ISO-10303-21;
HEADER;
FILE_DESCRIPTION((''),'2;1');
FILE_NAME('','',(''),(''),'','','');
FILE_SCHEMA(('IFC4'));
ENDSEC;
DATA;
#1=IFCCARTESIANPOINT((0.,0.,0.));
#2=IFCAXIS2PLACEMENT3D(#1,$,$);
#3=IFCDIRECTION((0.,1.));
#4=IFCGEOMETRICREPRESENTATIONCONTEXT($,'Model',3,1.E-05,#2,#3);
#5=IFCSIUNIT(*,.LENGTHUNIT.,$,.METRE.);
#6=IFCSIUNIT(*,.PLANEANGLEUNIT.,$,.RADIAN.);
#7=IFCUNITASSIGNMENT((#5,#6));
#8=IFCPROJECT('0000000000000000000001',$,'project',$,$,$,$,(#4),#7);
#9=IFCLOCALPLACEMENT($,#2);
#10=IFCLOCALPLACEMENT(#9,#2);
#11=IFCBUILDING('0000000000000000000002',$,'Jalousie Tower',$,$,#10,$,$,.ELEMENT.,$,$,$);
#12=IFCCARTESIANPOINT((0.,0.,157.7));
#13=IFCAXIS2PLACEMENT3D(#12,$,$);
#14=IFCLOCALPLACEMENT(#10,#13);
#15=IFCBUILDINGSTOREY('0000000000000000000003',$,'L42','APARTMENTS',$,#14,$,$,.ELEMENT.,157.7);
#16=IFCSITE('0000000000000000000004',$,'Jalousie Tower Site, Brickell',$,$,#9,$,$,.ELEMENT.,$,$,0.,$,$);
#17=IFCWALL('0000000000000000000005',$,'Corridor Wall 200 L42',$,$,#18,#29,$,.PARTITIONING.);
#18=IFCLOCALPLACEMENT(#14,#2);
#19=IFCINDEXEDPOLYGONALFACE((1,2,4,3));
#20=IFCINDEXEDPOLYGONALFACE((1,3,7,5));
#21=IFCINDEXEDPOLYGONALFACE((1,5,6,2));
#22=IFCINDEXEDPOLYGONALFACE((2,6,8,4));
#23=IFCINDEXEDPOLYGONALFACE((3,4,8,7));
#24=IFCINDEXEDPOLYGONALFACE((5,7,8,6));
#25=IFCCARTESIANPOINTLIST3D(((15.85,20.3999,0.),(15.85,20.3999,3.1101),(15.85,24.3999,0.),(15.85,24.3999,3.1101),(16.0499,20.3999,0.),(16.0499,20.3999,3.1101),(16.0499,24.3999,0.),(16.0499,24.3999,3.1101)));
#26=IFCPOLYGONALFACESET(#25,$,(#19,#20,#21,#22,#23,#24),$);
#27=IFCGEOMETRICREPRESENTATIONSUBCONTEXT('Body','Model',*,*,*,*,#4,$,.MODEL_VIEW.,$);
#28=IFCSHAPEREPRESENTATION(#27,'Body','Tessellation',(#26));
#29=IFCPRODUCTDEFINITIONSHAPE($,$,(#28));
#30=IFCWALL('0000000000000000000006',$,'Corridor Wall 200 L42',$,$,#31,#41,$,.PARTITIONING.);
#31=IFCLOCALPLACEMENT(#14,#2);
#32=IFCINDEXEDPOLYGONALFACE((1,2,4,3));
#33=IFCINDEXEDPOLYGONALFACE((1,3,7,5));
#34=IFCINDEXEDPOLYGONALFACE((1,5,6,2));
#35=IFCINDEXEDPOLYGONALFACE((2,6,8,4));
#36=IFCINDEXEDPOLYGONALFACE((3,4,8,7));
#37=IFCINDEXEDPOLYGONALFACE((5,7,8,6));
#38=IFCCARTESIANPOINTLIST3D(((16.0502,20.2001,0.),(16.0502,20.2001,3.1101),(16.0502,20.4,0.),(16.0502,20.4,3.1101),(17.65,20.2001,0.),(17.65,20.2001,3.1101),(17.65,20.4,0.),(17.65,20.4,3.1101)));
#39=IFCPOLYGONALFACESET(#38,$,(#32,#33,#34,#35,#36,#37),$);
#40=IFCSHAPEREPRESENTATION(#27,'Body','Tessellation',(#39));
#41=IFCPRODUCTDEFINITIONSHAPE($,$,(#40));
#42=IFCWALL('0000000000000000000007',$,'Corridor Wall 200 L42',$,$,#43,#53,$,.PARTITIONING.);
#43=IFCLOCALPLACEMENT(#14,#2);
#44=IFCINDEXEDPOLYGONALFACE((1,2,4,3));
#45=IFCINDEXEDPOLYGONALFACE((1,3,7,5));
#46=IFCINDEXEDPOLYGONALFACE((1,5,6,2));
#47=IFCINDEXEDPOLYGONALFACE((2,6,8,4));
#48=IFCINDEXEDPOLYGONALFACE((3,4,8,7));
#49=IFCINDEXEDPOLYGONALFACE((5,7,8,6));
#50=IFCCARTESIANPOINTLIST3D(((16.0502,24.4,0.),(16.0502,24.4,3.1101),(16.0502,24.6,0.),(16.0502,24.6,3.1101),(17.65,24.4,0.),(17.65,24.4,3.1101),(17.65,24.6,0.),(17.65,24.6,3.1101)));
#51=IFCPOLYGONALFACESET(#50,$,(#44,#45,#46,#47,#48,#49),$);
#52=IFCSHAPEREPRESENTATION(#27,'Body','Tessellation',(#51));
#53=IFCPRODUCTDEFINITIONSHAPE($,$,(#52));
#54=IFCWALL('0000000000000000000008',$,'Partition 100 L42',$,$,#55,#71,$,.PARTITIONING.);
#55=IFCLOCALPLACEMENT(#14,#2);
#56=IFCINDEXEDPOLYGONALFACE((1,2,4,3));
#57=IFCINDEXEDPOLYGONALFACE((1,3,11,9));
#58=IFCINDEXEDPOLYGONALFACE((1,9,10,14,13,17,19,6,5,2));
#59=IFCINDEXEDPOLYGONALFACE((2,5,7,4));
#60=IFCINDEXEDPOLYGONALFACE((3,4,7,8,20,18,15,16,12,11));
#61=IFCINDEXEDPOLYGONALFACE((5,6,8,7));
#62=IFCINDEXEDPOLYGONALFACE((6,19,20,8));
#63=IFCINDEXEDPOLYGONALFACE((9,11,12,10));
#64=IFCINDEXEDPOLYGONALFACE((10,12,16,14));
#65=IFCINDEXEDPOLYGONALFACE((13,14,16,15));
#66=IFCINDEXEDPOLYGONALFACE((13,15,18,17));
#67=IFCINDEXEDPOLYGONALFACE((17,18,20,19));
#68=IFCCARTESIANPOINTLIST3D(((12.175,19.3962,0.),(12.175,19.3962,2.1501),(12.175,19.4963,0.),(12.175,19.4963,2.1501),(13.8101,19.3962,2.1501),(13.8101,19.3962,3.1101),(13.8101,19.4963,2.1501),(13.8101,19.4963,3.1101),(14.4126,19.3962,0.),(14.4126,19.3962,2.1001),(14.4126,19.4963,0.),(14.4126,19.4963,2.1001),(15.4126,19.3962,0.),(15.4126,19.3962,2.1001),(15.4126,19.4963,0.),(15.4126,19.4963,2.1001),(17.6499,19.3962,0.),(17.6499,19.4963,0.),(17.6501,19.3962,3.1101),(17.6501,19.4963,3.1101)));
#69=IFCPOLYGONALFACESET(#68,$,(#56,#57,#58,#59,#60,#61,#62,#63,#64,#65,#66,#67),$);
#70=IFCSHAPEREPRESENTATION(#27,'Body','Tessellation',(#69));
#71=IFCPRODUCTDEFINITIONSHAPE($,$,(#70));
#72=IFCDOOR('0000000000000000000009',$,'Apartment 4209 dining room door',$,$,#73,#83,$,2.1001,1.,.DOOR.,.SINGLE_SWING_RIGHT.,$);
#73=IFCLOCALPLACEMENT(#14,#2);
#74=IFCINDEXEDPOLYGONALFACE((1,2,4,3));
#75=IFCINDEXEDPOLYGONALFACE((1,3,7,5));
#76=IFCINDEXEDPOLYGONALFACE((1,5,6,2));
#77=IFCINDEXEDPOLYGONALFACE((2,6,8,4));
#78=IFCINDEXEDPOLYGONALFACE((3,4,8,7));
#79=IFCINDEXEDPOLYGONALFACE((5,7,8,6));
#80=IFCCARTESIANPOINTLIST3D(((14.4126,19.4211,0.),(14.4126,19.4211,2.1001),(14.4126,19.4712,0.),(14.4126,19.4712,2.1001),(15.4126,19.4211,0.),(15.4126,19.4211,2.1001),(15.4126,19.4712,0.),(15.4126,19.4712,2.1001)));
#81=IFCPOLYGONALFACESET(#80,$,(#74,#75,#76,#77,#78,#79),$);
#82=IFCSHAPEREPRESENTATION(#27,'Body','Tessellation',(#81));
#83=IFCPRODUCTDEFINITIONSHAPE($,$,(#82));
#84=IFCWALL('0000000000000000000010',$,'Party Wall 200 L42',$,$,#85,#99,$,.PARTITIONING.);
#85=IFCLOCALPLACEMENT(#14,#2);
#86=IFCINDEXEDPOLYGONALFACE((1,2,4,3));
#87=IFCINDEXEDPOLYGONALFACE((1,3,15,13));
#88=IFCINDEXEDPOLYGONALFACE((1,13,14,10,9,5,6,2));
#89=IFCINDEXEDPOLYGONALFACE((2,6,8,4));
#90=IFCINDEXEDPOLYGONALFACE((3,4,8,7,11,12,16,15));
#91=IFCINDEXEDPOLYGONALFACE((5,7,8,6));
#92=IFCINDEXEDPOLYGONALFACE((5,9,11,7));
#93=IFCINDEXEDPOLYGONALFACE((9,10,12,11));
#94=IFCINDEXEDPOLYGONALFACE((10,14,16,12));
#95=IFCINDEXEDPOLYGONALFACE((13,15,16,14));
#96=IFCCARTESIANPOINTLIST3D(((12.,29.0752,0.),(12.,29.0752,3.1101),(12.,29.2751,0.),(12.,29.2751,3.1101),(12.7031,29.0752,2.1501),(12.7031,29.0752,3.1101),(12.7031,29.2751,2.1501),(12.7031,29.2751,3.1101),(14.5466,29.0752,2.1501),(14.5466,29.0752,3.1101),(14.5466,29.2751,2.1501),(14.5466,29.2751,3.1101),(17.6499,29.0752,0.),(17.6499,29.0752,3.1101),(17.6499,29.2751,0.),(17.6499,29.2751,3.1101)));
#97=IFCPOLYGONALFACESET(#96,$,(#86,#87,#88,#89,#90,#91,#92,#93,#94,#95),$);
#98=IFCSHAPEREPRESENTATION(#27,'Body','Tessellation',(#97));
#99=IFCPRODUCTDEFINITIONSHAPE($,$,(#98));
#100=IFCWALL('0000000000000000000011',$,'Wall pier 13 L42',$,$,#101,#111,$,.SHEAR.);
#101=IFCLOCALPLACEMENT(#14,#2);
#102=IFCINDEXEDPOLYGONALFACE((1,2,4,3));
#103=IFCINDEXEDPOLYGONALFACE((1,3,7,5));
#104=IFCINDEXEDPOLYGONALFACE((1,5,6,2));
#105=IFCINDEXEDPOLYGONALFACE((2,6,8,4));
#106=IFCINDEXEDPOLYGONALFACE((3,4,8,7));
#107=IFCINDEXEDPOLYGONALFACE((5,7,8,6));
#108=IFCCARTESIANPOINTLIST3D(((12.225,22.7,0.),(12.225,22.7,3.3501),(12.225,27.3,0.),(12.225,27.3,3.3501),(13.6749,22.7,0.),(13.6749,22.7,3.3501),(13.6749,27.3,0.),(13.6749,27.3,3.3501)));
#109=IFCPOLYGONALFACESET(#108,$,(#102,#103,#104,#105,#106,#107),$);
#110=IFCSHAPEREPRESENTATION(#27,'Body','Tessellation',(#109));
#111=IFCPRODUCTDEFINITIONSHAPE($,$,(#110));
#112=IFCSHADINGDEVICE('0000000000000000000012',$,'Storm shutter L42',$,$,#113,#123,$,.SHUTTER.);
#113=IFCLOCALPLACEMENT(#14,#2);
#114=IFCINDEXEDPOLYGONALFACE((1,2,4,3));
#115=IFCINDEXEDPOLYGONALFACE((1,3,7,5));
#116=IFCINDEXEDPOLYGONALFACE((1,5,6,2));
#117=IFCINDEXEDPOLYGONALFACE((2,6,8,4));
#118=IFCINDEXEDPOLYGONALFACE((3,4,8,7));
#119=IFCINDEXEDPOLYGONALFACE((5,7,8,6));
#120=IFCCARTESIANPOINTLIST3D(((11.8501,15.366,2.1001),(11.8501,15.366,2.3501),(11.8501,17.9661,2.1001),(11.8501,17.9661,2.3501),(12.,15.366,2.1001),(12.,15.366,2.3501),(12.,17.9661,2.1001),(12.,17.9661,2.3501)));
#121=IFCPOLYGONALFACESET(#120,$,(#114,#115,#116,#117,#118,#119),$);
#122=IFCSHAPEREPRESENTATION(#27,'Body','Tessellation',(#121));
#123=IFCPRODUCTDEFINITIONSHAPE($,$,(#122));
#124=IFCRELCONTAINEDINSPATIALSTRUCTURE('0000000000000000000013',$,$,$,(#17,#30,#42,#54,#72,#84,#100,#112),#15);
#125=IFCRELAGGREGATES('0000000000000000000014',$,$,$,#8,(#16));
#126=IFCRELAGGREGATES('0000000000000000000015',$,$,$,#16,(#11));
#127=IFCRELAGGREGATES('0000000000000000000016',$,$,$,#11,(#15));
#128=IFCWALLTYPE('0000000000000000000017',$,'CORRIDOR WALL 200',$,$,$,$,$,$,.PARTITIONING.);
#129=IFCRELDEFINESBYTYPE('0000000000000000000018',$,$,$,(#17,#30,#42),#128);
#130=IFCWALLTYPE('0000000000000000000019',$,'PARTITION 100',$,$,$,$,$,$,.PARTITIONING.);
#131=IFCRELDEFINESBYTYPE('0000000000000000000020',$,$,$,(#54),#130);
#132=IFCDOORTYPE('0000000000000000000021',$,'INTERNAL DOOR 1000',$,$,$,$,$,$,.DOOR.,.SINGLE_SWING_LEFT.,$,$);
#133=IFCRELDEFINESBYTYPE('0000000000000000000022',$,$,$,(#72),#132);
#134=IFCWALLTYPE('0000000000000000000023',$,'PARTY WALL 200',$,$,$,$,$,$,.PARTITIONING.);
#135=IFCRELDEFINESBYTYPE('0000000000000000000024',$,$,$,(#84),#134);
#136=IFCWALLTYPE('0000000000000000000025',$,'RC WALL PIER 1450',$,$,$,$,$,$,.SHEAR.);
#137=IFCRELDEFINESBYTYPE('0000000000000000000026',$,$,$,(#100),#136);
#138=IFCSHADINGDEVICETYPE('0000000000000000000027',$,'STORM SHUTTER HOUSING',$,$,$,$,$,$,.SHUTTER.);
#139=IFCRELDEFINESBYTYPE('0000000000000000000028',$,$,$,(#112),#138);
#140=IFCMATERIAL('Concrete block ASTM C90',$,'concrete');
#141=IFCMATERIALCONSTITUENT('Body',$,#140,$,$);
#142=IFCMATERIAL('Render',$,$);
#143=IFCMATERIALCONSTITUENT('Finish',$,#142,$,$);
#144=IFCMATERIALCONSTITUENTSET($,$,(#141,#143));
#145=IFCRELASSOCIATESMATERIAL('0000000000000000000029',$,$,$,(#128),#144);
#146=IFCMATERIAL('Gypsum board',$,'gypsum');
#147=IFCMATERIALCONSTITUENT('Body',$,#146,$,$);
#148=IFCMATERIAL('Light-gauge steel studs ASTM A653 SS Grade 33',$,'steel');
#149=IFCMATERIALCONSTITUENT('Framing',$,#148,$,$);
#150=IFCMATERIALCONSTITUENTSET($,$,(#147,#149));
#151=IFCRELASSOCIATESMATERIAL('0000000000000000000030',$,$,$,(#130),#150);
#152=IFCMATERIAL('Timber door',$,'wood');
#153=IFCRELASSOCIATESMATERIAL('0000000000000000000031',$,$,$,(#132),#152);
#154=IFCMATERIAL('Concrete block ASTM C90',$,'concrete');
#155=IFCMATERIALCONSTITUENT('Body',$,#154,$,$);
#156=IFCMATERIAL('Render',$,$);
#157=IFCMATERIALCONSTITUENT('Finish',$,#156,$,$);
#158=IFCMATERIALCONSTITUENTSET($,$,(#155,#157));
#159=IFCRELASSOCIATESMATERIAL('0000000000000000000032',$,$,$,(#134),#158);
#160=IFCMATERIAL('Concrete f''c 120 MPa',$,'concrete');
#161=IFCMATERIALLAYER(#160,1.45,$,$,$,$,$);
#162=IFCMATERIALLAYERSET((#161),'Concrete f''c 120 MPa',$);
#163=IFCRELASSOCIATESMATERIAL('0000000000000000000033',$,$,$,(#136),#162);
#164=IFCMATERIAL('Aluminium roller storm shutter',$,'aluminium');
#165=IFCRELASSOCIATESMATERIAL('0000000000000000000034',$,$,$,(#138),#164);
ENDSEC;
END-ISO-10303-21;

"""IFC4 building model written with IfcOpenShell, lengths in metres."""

from ifc_helpers import new_model, si_unit, direction, frame, frame_2d, origin, origin_2d, place, context, subcontext, project, spatial, polyline, rectangle, outline, extrude, material, layer, layer_set, constituent, constituent_set, type_object, element, fill, save


model = new_model("IFC4")

# Units and contexts
model_context = context("Model", 3, precision=1e-05, world=origin(), true_north=direction((0.0, 1.0)))
body_context = subcontext(model_context, "Body", "Model", "MODEL_VIEW")
ifc_project = project(units=[si_unit("LENGTHUNIT", "METRE"), si_unit("PLANEANGLEUNIT", "RADIAN")], contexts=[model_context])

# Site, building, storey
site_placement = place(None, origin())
site = spatial("IfcSite", under=ifc_project, at=site_placement, Name="Jalousie Tower Site, Brickell", CompositionType="ELEMENT", RefElevation=0.0)
building_placement = place(site_placement, origin())
building = spatial("IfcBuilding", under=site, at=building_placement, Name="Jalousie Tower", CompositionType="ELEMENT")
storey_placement = place(building_placement, frame((0.0, 0.0, 157.7)))
storey = spatial("IfcBuildingStorey", under=building, at=storey_placement, Name="L42", Description="APARTMENTS", CompositionType="ELEMENT", Elevation=157.7)

# Walls
ifc_material_1 = material(Name="Concrete block ASTM C90", Category="concrete")
ifc_constituent_1 = constituent(ifc_material_1, Name="Body")
ifc_material_2 = material(Name="Render")
ifc_constituent_2 = constituent(ifc_material_2, Name="Finish")
ifc_constituent_set_1 = constituent_set(constituents=[ifc_constituent_1, ifc_constituent_2])
wall_type_1 = type_object("IfcWallType", Name="CORRIDOR WALL 200", PredefinedType="PARTITIONING", material=ifc_constituent_set_1)
wall_1_placement = place(storey_placement, frame((15.95, 20.3999, 0.0), z_axis=(0.0, 0.0, 1.0), x_axis=(0.0, 1.0, 0.0)))
element("IfcWall", 1, at=wall_1_placement, inside=storey, type_object=wall_type_1, Name="Corridor Wall 200 L42", PredefinedType="PARTITIONING", context=body_context, shape_type="SweptSolid", body=[
    extrude(rectangle(XDim=4.0, YDim=0.2, at=frame_2d((2.0, 0.0))), origin(), (0.0, 0.0, 1.0), 3.1101),
])
for number, where, z_axis, x_axis, name in (
    (2, (17.6499, 20.3, 0.0), (0.0, 0.0, 1.0), (-1.0, 0.0, 0.0), "Corridor Wall 200 L42"),
    (3, (17.6499, 24.5, 0.0), (0.0, 0.0, 1.0), (-1.0, 0.0, 0.0), "Corridor Wall 200 L42"),
):
    element("IfcWall", number, at=place(storey_placement, frame(where, z_axis=z_axis, x_axis=x_axis)), inside=storey, type_object=wall_type_1, Name=name, PredefinedType="PARTITIONING", context=body_context, shape_type="SweptSolid", body=[
        extrude(rectangle(XDim=1.5999, YDim=0.2, at=frame_2d((0.7998, 0.0))), origin(), (0.0, 0.0, 1.0), 3.1101),
    ])

# Wall, opening, door
ifc_material_3 = material(Name="Gypsum board", Category="gypsum")
ifc_constituent_3 = constituent(ifc_material_3, Name="Body")
ifc_material_4 = material(Name="Light-gauge steel studs ASTM A653 SS Grade 33", Category="steel")
ifc_constituent_4 = constituent(ifc_material_4, Name="Framing")
ifc_constituent_set_2 = constituent_set(constituents=[ifc_constituent_3, ifc_constituent_4])
wall_type_2 = type_object("IfcWallType", Name="PARTITION 100", PredefinedType="PARTITIONING", material=ifc_constituent_set_2)
wall_2_placement = place(storey_placement, frame((12.175, 19.4463, 0.0), z_axis=(0.0, 0.0, 1.0), x_axis=(1.0, 0.0, 0.0)))
wall_2 = element("IfcWall", 4, at=wall_2_placement, inside=storey, type_object=wall_type_2, Name="Partition 100 L42", PredefinedType="PARTITIONING", context=body_context, shape_type="SweptSolid", body=[
    extrude(outline(polyline([(0.0, 0.0), (5.4749, 0.0), (5.4751, 3.1101), (1.635, 3.1101), (1.635, 2.1501), (0.0, 2.1501), (0.0, 3.1101), (0.0, 0.0)])), frame((0.0, 0.05, 0.0), z_axis=(0.0, -1.0, 0.0), x_axis=(1.0, 0.0, 0.0)), (0.0, 0.0, 1.0), 0.1001),
])
opening_1_placement = place(wall_2_placement, frame((2.2375, 0.0, 0.0)))
opening_1 = element("IfcOpeningElement", 5, at=opening_1_placement, cuts=wall_2, PredefinedType="OPENING", context=body_context, shape_type="SweptSolid", body=[
    extrude(rectangle(XDim=1.0, YDim=2.1001, at=frame_2d((0.5, 1.05))), frame((0.0, 0.0601, 0.0), z_axis=(0.0, -1.0, 0.0), x_axis=(1.0, 0.0, 0.0)), (0.0, 0.0, 1.0), 0.1201),
])
ifc_material_5 = material(Name="Timber door", Category="wood")
door_type_1 = type_object("IfcDoorType", Name="INTERNAL DOOR 1000", OperationType="SINGLE_SWING_LEFT", PredefinedType="DOOR", material=ifc_material_5)
door_1_placement = place(opening_1_placement, origin())
door_1 = element("IfcDoor", 6, at=door_1_placement, inside=storey, type_object=door_type_1, Name="Apartment 4209 dining room door", OperationType="SINGLE_SWING_RIGHT", OverallHeight=2.1001, OverallWidth=1.0, PredefinedType="DOOR", context=body_context, shape_type="SweptSolid", body=[
    extrude(rectangle(XDim=1.0, YDim=2.1001, at=frame_2d((0.5, 1.05))), frame((0.0, 0.0249, 0.0), z_axis=(0.0, -1.0, 0.0), x_axis=(1.0, 0.0, 0.0)), (0.0, 0.0, 1.0), 0.05),
])
fill(opening_1, door_1)

# Walls
ifc_material_6 = material(Name="Concrete block ASTM C90", Category="concrete")
ifc_constituent_5 = constituent(ifc_material_6, Name="Body")
ifc_material_7 = material(Name="Render")
ifc_constituent_6 = constituent(ifc_material_7, Name="Finish")
ifc_constituent_set_3 = constituent_set(constituents=[ifc_constituent_5, ifc_constituent_6])
wall_type_3 = type_object("IfcWallType", Name="PARTY WALL 200", PredefinedType="PARTITIONING", material=ifc_constituent_set_3)
wall_3_placement = place(storey_placement, frame((12.0, 29.175, 0.0), z_axis=(0.0, 0.0, 1.0), x_axis=(1.0, 0.0, 0.0)))
element("IfcWall", 7, at=wall_3_placement, inside=storey, type_object=wall_type_3, Name="Party Wall 200 L42", PredefinedType="PARTITIONING", context=body_context, shape_type="SweptSolid", body=[
    extrude(outline(polyline([(0.0, 0.0), (5.6499, 0.0), (5.6499, 3.1101), (2.5466, 3.1101), (2.5466, 2.1501), (0.7031, 2.1501), (0.7031, 3.1101), (0.0, 3.1101), (0.0, 0.0)])), frame((0.0, 0.1001, 0.0), z_axis=(0.0, -1.0, 0.0), x_axis=(1.0, 0.0, 0.0)), (0.0, 0.0, 1.0), 0.2),
])
ifc_material_8 = material(Name="Concrete f'c 120 MPa", Category="concrete")
ifc_layer_1 = layer(ifc_material_8, 1.45)
ifc_layer_set_1 = layer_set([ifc_layer_1], Name="Concrete f'c 120 MPa")
wall_type_4 = type_object("IfcWallType", Name="RC WALL PIER 1450", PredefinedType="SHEAR", material=ifc_layer_set_1)
wall_4_placement = place(storey_placement, frame((12.95, 22.7, 0.0), z_axis=(0.0, 0.0, 1.0), x_axis=(0.0, 1.0, 0.0)))
element("IfcWall", 8, at=wall_4_placement, inside=storey, type_object=wall_type_4, Name="Wall pier 13 L42", PredefinedType="SHEAR", context=body_context, shape_type="SweptSolid", body=[
    extrude(rectangle(XDim=4.6001, YDim=1.45, at=frame_2d((2.3, 0.0))), origin(), (0.0, 0.0, 1.0), 3.3501),
])

# Shading device
ifc_material_9 = material(Name="Aluminium roller storm shutter", Category="aluminium")
shading_device_type = type_object("IfcShadingDeviceType", Name="STORM SHUTTER HOUSING", PredefinedType="SHUTTER", material=ifc_material_9)
shading_device_placement = place(storey_placement, frame((11.925, 16.666, 2.1001), z_axis=(0.0, 0.0, 1.0), x_axis=(0.0, -1.0, 0.0)))
element("IfcShadingDevice", 9, at=shading_device_placement, inside=storey, type_object=shading_device_type, Name="Storm shutter L42", PredefinedType="SHUTTER", context=body_context, shape_type="SweptSolid", body=[
    extrude(rectangle(XDim=2.6001, YDim=0.1499, at=origin_2d()), origin(), (0.0, 0.0, 1.0), 0.25),
])

save(model, "model.ifc")
